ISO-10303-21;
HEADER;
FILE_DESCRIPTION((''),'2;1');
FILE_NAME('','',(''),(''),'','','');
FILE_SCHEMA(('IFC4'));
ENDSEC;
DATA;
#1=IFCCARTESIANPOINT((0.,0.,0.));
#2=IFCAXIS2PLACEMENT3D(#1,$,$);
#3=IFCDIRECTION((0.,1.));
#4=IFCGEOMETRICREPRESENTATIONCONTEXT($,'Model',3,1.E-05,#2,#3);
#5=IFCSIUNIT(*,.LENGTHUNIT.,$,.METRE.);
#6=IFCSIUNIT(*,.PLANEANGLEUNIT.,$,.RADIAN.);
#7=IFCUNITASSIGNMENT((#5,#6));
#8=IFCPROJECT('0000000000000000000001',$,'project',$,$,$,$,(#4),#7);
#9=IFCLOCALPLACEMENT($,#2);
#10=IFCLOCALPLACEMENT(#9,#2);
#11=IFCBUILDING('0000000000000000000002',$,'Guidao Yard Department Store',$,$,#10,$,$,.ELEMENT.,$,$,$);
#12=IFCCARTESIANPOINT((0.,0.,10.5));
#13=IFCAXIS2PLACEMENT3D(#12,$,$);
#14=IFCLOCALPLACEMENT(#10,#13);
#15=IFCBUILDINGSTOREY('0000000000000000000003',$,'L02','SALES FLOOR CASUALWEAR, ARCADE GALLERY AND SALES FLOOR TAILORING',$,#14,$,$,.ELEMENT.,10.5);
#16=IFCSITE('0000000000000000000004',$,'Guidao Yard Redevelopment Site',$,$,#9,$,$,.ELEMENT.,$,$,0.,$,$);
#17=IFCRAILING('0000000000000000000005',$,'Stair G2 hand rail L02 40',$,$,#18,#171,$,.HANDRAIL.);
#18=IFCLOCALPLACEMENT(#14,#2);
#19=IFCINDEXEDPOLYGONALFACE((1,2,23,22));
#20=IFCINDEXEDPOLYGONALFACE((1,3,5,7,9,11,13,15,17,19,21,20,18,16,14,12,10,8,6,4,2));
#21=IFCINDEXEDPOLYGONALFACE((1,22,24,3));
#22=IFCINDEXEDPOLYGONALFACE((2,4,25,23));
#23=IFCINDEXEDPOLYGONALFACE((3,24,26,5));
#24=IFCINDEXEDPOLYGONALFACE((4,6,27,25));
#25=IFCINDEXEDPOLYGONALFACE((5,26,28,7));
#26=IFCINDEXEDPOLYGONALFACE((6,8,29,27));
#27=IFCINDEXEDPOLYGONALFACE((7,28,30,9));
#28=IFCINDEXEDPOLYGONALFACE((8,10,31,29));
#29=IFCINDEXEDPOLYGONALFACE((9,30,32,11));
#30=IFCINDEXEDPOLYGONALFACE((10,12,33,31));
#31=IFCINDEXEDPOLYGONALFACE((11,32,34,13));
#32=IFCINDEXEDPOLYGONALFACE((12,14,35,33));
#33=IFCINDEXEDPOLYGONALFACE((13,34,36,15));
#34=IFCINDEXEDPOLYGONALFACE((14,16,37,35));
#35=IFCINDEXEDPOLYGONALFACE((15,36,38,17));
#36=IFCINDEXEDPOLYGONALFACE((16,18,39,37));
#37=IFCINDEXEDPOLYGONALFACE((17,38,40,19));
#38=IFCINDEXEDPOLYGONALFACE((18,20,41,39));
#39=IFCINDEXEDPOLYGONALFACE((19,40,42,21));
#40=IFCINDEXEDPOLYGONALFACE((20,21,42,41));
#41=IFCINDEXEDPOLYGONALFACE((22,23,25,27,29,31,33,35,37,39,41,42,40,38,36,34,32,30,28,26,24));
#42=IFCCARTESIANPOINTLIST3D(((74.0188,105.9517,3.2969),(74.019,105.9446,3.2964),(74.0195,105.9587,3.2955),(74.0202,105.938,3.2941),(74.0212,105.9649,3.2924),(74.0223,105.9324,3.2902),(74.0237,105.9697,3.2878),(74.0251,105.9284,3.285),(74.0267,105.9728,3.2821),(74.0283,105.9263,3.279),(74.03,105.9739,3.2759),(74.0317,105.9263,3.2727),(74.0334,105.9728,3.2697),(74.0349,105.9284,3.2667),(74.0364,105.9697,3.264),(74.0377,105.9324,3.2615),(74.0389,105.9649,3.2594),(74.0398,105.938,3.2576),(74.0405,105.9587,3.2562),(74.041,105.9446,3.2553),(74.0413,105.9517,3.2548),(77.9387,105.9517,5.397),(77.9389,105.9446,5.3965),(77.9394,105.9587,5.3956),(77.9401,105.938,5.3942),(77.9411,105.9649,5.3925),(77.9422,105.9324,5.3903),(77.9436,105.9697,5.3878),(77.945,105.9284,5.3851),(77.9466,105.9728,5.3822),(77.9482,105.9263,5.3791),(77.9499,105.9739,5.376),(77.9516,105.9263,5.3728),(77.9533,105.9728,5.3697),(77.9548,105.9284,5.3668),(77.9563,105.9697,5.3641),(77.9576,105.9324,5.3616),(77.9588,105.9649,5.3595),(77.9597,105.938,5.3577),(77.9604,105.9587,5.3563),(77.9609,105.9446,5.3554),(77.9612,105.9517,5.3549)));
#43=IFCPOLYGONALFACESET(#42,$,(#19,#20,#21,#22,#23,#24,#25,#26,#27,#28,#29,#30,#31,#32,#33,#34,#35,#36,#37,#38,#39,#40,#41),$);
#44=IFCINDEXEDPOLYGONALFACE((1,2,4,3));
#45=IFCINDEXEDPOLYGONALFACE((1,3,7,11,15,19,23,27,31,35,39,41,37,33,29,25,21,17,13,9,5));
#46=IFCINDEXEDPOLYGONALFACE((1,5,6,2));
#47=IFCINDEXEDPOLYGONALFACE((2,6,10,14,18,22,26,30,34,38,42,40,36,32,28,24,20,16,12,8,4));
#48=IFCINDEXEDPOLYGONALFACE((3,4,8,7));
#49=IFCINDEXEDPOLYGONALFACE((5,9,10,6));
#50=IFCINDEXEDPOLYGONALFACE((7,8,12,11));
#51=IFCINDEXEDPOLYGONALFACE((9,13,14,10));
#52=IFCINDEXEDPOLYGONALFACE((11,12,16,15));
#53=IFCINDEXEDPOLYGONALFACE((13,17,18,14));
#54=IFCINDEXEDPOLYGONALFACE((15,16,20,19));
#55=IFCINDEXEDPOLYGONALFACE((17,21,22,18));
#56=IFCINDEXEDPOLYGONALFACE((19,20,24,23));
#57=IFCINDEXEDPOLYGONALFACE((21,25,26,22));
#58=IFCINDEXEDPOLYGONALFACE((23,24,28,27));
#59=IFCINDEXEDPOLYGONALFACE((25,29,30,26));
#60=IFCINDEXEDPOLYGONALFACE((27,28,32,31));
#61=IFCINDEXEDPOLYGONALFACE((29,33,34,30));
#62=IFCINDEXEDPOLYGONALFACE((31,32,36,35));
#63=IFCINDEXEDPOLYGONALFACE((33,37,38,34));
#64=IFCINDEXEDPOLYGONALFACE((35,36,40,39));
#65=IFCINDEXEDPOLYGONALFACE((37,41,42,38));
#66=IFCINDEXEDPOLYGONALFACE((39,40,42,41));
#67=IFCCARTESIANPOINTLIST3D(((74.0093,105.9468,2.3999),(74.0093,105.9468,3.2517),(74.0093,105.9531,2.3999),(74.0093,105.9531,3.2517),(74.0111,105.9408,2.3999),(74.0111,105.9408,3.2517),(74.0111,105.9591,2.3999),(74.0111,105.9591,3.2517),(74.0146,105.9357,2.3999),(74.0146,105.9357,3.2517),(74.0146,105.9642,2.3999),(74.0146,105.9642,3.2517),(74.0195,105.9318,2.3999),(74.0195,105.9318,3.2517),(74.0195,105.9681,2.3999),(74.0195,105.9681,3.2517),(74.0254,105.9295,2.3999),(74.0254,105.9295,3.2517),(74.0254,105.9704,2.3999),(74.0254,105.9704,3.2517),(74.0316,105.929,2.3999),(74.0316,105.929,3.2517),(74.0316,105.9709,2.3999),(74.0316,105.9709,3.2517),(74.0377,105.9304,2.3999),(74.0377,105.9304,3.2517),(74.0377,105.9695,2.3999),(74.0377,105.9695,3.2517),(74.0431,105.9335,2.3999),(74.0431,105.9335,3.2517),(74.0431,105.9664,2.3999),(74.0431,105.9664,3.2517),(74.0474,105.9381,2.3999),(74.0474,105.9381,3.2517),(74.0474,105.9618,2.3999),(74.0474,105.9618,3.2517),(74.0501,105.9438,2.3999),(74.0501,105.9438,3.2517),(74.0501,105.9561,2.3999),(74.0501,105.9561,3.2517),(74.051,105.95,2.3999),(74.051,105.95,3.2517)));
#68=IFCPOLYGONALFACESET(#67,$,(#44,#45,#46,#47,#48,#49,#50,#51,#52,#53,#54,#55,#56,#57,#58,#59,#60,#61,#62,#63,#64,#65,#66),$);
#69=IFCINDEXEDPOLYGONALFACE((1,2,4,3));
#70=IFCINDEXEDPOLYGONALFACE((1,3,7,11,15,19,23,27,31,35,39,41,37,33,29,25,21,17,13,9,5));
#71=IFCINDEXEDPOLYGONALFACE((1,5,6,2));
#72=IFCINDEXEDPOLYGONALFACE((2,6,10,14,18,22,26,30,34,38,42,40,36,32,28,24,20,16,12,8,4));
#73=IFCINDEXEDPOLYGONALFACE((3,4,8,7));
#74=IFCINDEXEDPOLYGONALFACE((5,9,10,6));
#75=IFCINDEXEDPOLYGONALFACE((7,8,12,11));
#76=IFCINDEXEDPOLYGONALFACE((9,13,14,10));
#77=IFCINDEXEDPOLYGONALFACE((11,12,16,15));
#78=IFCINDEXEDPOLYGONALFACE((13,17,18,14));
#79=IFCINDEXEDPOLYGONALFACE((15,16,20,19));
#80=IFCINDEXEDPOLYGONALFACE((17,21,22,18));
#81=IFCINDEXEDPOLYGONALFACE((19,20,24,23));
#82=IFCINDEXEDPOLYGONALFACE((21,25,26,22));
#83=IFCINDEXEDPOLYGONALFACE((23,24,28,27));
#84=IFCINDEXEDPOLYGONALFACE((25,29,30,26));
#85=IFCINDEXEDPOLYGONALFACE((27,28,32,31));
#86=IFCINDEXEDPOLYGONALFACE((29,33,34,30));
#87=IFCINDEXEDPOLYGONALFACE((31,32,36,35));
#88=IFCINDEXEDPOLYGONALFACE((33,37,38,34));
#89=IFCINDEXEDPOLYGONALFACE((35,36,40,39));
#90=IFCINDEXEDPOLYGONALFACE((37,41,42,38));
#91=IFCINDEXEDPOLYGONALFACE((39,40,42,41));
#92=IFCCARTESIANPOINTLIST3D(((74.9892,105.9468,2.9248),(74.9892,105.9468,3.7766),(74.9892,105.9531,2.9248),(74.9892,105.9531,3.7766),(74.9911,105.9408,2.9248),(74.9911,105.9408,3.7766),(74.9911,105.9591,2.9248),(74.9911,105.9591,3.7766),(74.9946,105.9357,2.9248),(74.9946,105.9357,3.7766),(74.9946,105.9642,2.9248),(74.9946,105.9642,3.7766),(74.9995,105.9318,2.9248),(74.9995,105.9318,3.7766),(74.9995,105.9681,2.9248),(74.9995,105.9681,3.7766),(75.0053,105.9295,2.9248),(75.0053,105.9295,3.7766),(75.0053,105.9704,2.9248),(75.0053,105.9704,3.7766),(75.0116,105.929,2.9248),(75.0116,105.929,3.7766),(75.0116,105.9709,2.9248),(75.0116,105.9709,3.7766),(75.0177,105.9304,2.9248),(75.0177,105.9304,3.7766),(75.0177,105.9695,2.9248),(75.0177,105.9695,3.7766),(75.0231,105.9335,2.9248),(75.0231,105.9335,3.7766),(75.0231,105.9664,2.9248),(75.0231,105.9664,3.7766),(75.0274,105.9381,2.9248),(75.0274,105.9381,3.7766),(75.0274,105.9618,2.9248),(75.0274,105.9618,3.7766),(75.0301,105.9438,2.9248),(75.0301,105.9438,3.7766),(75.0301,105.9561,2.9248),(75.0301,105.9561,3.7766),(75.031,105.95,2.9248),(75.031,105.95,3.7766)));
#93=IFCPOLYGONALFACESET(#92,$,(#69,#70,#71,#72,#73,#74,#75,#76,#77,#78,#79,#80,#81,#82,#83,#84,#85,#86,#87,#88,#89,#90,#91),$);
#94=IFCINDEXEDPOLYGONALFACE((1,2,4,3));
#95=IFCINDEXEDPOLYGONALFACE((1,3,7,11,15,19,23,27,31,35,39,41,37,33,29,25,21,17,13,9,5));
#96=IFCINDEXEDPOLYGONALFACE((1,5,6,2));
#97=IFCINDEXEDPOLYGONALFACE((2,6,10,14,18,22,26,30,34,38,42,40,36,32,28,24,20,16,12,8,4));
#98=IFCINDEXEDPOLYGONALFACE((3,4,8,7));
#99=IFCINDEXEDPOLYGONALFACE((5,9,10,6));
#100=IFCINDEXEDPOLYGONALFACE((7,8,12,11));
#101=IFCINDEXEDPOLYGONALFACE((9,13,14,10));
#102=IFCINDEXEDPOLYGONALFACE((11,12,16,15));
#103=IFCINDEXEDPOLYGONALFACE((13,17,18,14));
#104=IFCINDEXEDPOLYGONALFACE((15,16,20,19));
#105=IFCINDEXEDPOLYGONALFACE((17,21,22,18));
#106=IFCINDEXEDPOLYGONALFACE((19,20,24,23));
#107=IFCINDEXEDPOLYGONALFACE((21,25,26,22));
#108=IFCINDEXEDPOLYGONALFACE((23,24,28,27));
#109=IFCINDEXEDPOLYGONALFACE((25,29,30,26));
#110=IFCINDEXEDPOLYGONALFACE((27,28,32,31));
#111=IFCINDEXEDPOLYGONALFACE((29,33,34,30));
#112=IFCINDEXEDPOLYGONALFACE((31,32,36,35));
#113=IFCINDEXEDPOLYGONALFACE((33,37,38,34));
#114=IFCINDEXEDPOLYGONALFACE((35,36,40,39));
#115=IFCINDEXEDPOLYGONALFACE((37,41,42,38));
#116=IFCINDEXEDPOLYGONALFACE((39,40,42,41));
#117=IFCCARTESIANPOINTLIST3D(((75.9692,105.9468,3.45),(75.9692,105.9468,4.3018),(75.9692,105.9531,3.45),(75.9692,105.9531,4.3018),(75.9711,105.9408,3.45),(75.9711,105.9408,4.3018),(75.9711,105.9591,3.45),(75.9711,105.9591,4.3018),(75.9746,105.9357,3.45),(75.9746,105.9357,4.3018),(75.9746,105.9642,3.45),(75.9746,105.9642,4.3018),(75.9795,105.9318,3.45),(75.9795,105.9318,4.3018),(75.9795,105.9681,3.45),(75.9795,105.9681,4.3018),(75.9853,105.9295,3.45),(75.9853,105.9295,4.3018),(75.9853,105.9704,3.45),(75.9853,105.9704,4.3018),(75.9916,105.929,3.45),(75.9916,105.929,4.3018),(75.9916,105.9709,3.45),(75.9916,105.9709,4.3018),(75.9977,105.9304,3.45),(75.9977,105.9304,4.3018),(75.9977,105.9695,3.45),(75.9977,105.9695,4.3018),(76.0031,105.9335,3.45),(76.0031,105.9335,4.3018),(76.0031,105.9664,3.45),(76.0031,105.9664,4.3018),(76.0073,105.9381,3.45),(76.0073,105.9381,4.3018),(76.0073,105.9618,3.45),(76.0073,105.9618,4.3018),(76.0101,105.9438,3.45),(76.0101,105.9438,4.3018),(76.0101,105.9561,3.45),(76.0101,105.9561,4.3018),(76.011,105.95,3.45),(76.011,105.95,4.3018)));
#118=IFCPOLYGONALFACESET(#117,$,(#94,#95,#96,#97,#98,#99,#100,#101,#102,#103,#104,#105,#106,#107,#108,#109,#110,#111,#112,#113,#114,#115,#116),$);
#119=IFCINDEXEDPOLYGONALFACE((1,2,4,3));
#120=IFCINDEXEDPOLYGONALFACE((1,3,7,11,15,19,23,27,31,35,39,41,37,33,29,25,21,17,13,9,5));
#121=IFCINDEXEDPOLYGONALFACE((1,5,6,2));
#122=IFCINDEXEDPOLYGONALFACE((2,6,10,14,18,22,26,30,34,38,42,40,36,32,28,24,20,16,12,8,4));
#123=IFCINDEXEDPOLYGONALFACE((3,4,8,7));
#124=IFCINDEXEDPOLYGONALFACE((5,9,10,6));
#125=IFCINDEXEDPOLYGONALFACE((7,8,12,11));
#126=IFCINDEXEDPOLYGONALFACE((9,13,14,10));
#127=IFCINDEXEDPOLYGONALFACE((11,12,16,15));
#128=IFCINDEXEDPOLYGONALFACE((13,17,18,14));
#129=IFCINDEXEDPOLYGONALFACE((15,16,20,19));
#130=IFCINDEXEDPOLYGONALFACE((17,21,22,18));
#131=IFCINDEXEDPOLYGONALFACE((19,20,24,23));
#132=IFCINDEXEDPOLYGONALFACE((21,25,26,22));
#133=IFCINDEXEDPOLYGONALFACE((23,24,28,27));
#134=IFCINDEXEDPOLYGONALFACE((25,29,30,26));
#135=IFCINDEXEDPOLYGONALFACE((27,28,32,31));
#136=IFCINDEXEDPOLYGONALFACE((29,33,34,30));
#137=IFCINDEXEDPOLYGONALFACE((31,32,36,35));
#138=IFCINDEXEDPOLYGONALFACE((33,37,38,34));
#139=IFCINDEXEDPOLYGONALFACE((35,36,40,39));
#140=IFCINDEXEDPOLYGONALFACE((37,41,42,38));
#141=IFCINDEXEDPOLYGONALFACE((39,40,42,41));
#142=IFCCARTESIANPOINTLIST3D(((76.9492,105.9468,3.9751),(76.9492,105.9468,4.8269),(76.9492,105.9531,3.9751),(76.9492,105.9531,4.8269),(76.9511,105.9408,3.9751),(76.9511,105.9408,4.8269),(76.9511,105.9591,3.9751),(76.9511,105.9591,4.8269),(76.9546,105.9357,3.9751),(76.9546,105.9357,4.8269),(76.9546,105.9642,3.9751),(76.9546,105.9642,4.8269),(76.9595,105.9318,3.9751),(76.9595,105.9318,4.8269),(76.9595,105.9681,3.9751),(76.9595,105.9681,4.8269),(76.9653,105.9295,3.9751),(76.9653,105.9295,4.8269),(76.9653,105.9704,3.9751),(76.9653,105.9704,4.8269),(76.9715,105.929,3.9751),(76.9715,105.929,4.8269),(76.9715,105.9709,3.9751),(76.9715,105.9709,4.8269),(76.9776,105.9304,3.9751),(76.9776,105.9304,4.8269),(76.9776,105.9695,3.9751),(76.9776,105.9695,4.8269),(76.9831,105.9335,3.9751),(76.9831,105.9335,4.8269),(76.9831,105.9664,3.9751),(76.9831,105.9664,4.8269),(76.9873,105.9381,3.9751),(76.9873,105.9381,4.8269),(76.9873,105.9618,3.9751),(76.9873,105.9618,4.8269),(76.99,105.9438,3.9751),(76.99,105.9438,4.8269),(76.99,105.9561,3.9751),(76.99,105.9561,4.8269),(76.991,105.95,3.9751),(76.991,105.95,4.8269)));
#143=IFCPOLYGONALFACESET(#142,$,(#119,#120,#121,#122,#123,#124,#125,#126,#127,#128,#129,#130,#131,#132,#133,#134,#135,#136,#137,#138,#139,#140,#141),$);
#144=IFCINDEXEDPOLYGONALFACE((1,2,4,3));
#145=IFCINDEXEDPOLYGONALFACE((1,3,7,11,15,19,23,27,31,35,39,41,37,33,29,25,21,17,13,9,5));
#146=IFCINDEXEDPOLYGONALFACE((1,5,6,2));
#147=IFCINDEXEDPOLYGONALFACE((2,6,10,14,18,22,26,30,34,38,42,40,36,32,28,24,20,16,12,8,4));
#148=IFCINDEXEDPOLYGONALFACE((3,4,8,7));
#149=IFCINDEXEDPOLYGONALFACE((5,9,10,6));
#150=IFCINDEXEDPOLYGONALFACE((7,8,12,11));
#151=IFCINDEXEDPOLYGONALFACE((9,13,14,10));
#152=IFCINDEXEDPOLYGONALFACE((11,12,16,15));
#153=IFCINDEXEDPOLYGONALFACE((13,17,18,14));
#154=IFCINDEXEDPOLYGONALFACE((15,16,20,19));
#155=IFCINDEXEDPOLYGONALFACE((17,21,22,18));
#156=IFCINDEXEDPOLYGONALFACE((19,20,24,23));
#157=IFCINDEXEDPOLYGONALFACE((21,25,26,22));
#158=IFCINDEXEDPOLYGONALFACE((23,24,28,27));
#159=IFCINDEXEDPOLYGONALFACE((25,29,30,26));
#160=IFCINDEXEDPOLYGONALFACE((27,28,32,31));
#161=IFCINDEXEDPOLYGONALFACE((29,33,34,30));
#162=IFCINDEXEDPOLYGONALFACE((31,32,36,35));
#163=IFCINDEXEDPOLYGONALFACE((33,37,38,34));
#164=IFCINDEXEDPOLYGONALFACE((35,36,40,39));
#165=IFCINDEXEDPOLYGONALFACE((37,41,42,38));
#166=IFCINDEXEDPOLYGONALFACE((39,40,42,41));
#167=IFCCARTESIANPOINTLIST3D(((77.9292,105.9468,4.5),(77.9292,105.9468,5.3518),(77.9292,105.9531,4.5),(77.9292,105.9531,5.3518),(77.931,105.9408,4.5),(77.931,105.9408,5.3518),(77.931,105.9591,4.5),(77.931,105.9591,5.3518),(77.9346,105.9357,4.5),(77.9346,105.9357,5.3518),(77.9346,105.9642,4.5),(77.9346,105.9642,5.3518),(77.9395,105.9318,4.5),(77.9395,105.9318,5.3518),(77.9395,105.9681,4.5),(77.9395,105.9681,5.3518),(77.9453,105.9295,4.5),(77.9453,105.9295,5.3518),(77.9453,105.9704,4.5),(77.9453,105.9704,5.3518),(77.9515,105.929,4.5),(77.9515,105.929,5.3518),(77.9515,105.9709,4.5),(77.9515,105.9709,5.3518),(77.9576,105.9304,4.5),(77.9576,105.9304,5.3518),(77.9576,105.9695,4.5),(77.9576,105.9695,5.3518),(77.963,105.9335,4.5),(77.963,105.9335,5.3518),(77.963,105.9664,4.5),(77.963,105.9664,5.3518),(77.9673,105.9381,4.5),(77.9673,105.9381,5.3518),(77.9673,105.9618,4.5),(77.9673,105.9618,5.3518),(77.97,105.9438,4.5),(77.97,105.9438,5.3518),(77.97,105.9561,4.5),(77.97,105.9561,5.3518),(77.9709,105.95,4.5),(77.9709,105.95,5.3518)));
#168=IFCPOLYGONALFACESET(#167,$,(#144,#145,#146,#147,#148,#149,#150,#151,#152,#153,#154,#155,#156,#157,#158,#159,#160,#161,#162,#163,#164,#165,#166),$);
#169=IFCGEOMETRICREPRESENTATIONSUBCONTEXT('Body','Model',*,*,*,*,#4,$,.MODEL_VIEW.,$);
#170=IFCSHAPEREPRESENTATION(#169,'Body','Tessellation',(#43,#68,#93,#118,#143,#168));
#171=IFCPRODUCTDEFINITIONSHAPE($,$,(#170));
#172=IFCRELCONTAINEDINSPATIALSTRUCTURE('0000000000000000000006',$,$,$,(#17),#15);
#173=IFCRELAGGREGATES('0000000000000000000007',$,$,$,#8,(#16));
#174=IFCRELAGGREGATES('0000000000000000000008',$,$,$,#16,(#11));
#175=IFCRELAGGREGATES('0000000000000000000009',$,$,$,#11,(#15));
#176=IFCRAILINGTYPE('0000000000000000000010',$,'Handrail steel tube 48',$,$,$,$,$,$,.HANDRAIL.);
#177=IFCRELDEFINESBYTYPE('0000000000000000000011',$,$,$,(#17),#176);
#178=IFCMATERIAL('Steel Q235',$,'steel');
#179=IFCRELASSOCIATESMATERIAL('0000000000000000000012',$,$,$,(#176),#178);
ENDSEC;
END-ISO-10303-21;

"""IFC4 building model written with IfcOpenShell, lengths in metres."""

from ifc_helpers import new_model, si_unit, direction, frame, origin, origin_2d, place, context, subcontext, project, spatial, circle, extrude, material, type_object, element, save


model = new_model("IFC4")

# Units and contexts
model_context = context("Model", 3, precision=1e-05, world=origin(), true_north=direction((0.0, 1.0)))
body_context = subcontext(model_context, "Body", "Model", "MODEL_VIEW")
ifc_project = project(units=[si_unit("LENGTHUNIT", "METRE"), si_unit("PLANEANGLEUNIT", "RADIAN")], contexts=[model_context])

# Site, building, storey
site_placement = place(None, origin())
site = spatial("IfcSite", under=ifc_project, at=site_placement, Name="Guidao Yard Redevelopment Site", CompositionType="ELEMENT", RefElevation=0.0)
building_placement = place(site_placement, origin())
building = spatial("IfcBuilding", under=site, at=building_placement, Name="Guidao Yard Department Store", CompositionType="ELEMENT")
storey_placement = place(building_placement, frame((0.0, 0.0, 10.5)))
storey = spatial("IfcBuildingStorey", under=building, at=storey_placement, Name="L02", Description="SALES FLOOR CASUALWEAR, ARCADE GALLERY AND SALES FLOOR TAILORING", CompositionType="ELEMENT", Elevation=10.5)

# Railing
ifc_material_1 = material(Name="Steel Q235", Category="steel")
railing_type_1 = type_object("IfcRailingType", Name="Handrail steel tube 48", PredefinedType="HANDRAIL", material=ifc_material_1)
railing_1_placement = place(storey_placement, frame((74.03, 105.95, 2.3999)))
element("IfcRailing", 1, at=railing_1_placement, inside=storey, type_object=railing_type_1, Name="Stair G2 hand rail L02 40", PredefinedType="HANDRAIL", context=body_context, shape_type="SweptSolid", body=[
    extrude(circle(Radius=0.0239, at=origin_2d()), frame((0.0, 0.0, 0.876), z_axis=(0.881467, 0.0, 0.472246), x_axis=(0.0, 1.0, 0.0)), (0.0, 0.0, 1.0), 4.447),
    extrude(circle(Radius=0.021, at=origin_2d()), origin(), (0.0, 0.0, 1.0), 0.8518),
    extrude(circle(Radius=0.021, at=origin_2d()), frame((0.98, 0.0, 0.5249)), (0.0, 0.0, 1.0), 0.8518),
    extrude(circle(Radius=0.021, at=origin_2d()), frame((1.96, 0.0, 1.05)), (0.0, 0.0, 1.0), 0.8518),
    extrude(circle(Radius=0.021, at=origin_2d()), frame((2.9399, 0.0, 1.5752)), (0.0, 0.0, 1.0), 0.8518),
    extrude(circle(Radius=0.021, at=origin_2d()), frame((3.9199, 0.0, 2.1001)), (0.0, 0.0, 1.0), 0.8518),
])

save(model, "model.ifc")
